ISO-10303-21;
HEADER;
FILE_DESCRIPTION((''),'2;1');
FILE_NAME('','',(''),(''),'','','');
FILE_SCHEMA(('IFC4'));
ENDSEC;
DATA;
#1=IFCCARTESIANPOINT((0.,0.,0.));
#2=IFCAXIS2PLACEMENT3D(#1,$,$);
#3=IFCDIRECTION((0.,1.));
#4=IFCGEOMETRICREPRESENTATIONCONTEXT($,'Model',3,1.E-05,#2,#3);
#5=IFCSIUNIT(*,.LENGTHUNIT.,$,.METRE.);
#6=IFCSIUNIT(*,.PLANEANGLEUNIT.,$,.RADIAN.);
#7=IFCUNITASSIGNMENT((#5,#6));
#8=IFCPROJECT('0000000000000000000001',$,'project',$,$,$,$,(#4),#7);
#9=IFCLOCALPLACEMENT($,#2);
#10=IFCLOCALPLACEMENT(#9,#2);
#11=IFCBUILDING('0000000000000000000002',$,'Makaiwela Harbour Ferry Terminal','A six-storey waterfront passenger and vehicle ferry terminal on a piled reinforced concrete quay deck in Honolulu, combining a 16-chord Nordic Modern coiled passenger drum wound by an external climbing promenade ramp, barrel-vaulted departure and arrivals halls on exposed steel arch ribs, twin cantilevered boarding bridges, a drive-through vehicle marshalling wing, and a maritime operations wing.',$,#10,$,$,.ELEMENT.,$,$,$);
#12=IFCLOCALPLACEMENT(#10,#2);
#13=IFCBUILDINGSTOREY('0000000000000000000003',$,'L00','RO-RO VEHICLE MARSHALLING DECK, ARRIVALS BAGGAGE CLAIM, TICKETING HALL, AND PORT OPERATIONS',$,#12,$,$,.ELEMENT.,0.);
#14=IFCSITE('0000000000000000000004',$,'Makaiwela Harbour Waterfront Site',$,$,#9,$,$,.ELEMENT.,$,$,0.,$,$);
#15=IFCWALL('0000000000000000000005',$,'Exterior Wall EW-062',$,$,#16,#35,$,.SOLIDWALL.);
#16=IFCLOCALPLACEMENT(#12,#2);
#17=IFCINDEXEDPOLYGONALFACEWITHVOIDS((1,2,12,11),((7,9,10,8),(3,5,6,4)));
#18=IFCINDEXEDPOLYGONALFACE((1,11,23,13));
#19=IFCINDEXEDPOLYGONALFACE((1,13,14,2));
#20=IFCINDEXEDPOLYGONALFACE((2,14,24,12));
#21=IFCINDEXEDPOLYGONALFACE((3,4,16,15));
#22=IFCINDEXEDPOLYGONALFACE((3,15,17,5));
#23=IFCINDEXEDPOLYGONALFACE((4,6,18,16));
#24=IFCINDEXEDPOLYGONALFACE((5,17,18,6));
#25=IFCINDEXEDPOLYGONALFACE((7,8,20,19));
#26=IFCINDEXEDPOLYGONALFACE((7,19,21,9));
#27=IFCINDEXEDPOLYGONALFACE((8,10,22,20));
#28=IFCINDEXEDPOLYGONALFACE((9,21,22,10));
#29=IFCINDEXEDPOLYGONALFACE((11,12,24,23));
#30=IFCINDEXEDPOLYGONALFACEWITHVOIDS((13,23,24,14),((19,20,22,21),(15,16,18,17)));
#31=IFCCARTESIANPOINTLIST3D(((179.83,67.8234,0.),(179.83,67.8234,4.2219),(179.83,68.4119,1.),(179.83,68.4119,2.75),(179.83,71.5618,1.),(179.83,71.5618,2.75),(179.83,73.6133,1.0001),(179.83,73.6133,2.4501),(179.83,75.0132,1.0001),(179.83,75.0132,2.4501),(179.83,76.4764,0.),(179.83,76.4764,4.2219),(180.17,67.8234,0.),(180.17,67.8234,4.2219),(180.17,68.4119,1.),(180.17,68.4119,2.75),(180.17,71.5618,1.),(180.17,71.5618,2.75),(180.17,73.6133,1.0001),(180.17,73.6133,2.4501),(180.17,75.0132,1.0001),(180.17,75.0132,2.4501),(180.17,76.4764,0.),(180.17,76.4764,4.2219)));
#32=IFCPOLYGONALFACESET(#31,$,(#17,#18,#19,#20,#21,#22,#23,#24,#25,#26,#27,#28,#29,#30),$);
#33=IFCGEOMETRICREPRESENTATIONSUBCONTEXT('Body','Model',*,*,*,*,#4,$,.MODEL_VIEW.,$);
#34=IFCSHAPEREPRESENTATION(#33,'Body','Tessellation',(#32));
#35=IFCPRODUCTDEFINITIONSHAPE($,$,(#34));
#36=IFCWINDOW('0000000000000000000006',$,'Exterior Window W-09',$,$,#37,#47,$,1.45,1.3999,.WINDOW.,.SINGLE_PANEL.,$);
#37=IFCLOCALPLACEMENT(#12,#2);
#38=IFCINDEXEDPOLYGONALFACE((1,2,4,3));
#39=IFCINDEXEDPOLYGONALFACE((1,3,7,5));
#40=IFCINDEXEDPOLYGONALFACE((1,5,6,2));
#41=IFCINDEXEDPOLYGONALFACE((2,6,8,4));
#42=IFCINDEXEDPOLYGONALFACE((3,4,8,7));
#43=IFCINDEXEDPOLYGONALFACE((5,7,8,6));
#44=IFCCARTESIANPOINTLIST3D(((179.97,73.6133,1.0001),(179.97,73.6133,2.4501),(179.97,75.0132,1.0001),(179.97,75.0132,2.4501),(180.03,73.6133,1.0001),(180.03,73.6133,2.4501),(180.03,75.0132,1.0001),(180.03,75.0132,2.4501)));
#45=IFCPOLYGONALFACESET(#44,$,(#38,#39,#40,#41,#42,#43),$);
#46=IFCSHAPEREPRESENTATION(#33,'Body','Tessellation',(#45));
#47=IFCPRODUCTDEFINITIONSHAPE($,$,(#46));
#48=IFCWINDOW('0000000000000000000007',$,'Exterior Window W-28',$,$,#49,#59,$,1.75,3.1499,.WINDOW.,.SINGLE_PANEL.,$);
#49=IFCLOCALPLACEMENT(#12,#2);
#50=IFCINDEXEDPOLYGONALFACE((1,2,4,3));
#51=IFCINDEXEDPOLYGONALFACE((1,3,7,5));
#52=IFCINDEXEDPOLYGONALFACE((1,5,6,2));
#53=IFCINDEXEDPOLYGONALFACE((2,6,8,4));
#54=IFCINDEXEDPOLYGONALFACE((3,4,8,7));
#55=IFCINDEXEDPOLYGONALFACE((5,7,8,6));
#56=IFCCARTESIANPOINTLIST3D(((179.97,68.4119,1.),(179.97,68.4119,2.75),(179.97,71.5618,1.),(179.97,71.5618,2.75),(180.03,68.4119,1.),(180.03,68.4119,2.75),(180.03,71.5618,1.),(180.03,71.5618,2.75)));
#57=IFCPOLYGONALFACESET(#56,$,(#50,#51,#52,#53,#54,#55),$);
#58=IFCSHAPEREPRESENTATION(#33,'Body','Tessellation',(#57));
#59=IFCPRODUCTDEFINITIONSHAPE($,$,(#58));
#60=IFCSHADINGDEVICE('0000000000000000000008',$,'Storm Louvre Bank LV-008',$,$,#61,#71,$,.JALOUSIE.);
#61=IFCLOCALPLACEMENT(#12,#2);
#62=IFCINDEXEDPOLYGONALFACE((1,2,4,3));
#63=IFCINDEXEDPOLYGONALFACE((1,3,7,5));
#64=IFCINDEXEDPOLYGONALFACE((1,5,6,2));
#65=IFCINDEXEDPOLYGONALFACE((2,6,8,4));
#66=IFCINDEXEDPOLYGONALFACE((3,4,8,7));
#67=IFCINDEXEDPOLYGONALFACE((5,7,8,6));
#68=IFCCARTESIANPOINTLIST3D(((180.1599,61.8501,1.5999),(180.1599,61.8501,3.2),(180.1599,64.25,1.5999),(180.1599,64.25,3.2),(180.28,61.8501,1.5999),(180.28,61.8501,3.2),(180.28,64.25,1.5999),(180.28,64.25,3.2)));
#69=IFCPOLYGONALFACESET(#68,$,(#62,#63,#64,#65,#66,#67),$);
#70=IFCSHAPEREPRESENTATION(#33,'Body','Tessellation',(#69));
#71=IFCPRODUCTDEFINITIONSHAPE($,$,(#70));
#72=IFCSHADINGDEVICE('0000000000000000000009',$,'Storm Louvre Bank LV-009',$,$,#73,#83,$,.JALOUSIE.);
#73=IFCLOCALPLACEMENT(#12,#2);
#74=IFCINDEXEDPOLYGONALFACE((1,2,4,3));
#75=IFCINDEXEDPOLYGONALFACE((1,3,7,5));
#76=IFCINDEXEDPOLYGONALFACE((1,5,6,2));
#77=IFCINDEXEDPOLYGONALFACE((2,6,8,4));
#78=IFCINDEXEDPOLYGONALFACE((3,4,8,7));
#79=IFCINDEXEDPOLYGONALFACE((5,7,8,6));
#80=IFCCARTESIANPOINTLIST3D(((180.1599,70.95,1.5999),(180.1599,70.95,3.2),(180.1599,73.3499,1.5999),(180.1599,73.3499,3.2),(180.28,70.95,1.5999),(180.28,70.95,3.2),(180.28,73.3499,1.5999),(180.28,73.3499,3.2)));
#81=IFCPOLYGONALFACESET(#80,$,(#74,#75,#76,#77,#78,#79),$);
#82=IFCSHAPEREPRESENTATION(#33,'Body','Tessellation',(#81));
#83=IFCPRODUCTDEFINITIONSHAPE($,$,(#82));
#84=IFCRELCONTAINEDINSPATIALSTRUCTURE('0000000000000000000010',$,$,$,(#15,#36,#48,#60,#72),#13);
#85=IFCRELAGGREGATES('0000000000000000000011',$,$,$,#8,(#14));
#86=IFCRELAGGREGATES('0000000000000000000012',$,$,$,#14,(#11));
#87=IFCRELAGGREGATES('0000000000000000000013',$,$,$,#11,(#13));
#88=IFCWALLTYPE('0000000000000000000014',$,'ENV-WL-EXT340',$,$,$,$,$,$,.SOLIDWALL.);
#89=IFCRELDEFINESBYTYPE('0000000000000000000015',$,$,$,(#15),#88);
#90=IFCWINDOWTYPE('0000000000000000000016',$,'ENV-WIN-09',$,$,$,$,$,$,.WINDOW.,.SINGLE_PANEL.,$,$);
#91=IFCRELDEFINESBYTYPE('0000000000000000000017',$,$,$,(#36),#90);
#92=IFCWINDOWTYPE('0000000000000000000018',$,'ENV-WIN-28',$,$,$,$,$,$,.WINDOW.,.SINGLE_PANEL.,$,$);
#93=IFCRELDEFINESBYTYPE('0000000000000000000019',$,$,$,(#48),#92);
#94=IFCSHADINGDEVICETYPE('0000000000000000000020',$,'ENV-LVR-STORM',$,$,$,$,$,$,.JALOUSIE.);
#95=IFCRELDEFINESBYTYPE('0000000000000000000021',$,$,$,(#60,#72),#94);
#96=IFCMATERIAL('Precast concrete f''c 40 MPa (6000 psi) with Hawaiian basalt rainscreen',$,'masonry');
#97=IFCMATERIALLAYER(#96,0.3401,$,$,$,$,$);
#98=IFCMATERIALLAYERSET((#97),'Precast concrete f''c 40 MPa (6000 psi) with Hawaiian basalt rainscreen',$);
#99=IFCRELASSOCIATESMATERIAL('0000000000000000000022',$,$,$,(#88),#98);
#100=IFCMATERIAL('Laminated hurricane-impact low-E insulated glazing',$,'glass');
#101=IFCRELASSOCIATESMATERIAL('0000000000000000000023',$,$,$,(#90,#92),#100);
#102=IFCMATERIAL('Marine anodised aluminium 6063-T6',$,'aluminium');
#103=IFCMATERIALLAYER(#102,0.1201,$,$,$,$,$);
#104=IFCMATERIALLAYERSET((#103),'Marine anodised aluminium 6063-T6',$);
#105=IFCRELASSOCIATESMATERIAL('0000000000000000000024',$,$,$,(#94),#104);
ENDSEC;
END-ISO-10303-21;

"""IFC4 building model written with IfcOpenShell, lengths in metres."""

from ifc_helpers import new_model, si_unit, direction, frame, frame_2d, origin, origin_2d, place, context, subcontext, project, spatial, rectangle, extrude, material, layer, layer_set, type_object, element, fill, save


model = new_model("IFC4")

# Units and contexts
model_context = context("Model", 3, precision=1e-05, world=origin(), true_north=direction((0.0, 1.0)))
body_context = subcontext(model_context, "Body", "Model", "MODEL_VIEW")
ifc_project = project(units=[si_unit("LENGTHUNIT", "METRE"), si_unit("PLANEANGLEUNIT", "RADIAN")], contexts=[model_context])

# Site, building, storey
site_placement = place(None, origin())
site = spatial("IfcSite", under=ifc_project, at=site_placement, Name="Makaiwela Harbour Waterfront Site", CompositionType="ELEMENT", RefElevation=0.0)
building_placement = place(site_placement, origin())
building = spatial("IfcBuilding", under=site, at=building_placement, Name="Makaiwela Harbour Ferry Terminal", Description="A six-storey waterfront passenger and vehicle ferry terminal on a piled reinforced concrete quay deck in Honolulu, combining a 16-chord Nordic Modern coiled passenger drum wound by an external climbing promenade ramp, barrel-vaulted departure and arrivals halls on exposed steel arch ribs, twin cantilevered boarding bridges, a drive-through vehicle marshalling wing, and a maritime operations wing.", CompositionType="ELEMENT")
storey_placement = place(building_placement, origin())
storey = spatial("IfcBuildingStorey", under=building, at=storey_placement, Name="L00", Description="RO-RO VEHICLE MARSHALLING DECK, ARRIVALS BAGGAGE CLAIM, TICKETING HALL, AND PORT OPERATIONS", CompositionType="ELEMENT", Elevation=0.0)

# Wall, openings, windows
ifc_material_1 = material(Name="Precast concrete f'c 40 MPa (6000 psi) with Hawaiian basalt rainscreen", Category="masonry")
ifc_layer_1 = layer(ifc_material_1, 0.3401)
ifc_layer_set_1 = layer_set([ifc_layer_1], Name="Precast concrete f'c 40 MPa (6000 psi) with Hawaiian basalt rainscreen")
wall_type = type_object("IfcWallType", Name="ENV-WL-EXT340", PredefinedType="SOLIDWALL", material=ifc_layer_set_1)
ifc_material_2 = material(Name="Laminated hurricane-impact low-E insulated glazing", Category="glass")
wall_1_placement = place(storey_placement, frame((180.0, 76.4766, 0.0), z_axis=(0.0, 0.0, 1.0), x_axis=(0.0, -1.0, 0.0)))
wall_1 = element("IfcWall", 1, at=wall_1_placement, inside=storey, type_object=wall_type, Name="Exterior Wall EW-062", PredefinedType="SOLIDWALL", context=body_context, shape_type="SweptSolid", body=[
    extrude(rectangle(XDim=8.6531, YDim=0.3401, at=frame_2d((4.3267, 0.0))), origin(), (0.0, 0.0, 1.0), 4.2219),
])
opening_1_placement = place(wall_1_placement, frame((1.4634, 0.0, 1.0)))
opening_1 = element("IfcOpeningElement", 2, at=opening_1_placement, cuts=wall_1, PredefinedType="OPENING", context=body_context, shape_type="SweptSolid", body=[
    extrude(rectangle(XDim=1.3999, YDim=1.45, at=frame_2d((0.7, 0.7251))), frame((0.0, 0.1799, 0.0), z_axis=(0.0, -1.0, 0.0), x_axis=(1.0, 0.0, 0.0)), (0.0, 0.0, 1.0), 0.3601),
])
opening_2_placement = place(wall_1_placement, frame((4.9148, 0.0, 1.0)))
opening_2 = element("IfcOpeningElement", 3, at=opening_2_placement, cuts=wall_1, PredefinedType="OPENING", context=body_context, shape_type="SweptSolid", body=[
    extrude(rectangle(XDim=3.1499, YDim=1.75, at=frame_2d((1.575, 0.875))), frame((0.0, 0.1799, 0.0), z_axis=(0.0, -1.0, 0.0), x_axis=(1.0, 0.0, 0.0)), (0.0, 0.0, 1.0), 0.3601),
])
window_type_1 = type_object("IfcWindowType", Name="ENV-WIN-09", PartitioningType="SINGLE_PANEL", PredefinedType="WINDOW", material=ifc_material_2)
window_1_placement = place(opening_1_placement, origin())
window_1 = element("IfcWindow", 4, at=window_1_placement, inside=storey, type_object=window_type_1, Name="Exterior Window W-09", OverallHeight=1.45, OverallWidth=1.3999, PartitioningType="SINGLE_PANEL", PredefinedType="WINDOW", context=body_context, shape_type="SweptSolid", body=[
    extrude(rectangle(XDim=1.3999, YDim=1.45, at=frame_2d((0.7, 0.7251))), frame((0.0, 0.03, 0.0), z_axis=(0.0, -1.0, 0.0), x_axis=(1.0, 0.0, 0.0)), (0.0, 0.0, 1.0), 0.0601),
])
fill(opening_1, window_1)
window_type_2 = type_object("IfcWindowType", Name="ENV-WIN-28", PartitioningType="SINGLE_PANEL", PredefinedType="WINDOW", material=ifc_material_2)
window_2_placement = place(opening_2_placement, origin())
window_2 = element("IfcWindow", 5, at=window_2_placement, inside=storey, type_object=window_type_2, Name="Exterior Window W-28", OverallHeight=1.75, OverallWidth=3.1499, PartitioningType="SINGLE_PANEL", PredefinedType="WINDOW", context=body_context, shape_type="SweptSolid", body=[
    extrude(rectangle(XDim=3.1499, YDim=1.75, at=frame_2d((1.575, 0.875))), frame((0.0, 0.03, 0.0), z_axis=(0.0, -1.0, 0.0), x_axis=(1.0, 0.0, 0.0)), (0.0, 0.0, 1.0), 0.0601),
])
fill(opening_2, window_2)

# Shading devices
ifc_material_3 = material(Name="Marine anodised aluminium 6063-T6", Category="aluminium")
ifc_layer_2 = layer(ifc_material_3, 0.1201)
ifc_layer_set_2 = layer_set([ifc_layer_2], Name="Marine anodised aluminium 6063-T6")
shading_device_type = type_object("IfcShadingDeviceType", Name="ENV-LVR-STORM", PredefinedType="JALOUSIE", material=ifc_layer_set_2)
for number, where, z_axis, x_axis, name in (
    (6, (180.22, 63.05, 1.5999), (0.0, 0.0, 1.0), (0.0, -1.0, 0.0), "Storm Louvre Bank LV-008"),
    (7, (180.22, 72.1499, 1.5999), (0.0, 0.0, 1.0), (0.0, -1.0, 0.0), "Storm Louvre Bank LV-009"),
):
    element("IfcShadingDevice", number, at=place(storey_placement, frame(where, z_axis=z_axis, x_axis=x_axis)), inside=storey, type_object=shading_device_type, Name=name, PredefinedType="JALOUSIE", context=body_context, shape_type="SweptSolid", body=[
        extrude(rectangle(XDim=2.3999, YDim=0.1201, at=origin_2d()), origin(), (0.0, 0.0, 1.0), 1.6001),
    ])

save(model, "model.ifc")
